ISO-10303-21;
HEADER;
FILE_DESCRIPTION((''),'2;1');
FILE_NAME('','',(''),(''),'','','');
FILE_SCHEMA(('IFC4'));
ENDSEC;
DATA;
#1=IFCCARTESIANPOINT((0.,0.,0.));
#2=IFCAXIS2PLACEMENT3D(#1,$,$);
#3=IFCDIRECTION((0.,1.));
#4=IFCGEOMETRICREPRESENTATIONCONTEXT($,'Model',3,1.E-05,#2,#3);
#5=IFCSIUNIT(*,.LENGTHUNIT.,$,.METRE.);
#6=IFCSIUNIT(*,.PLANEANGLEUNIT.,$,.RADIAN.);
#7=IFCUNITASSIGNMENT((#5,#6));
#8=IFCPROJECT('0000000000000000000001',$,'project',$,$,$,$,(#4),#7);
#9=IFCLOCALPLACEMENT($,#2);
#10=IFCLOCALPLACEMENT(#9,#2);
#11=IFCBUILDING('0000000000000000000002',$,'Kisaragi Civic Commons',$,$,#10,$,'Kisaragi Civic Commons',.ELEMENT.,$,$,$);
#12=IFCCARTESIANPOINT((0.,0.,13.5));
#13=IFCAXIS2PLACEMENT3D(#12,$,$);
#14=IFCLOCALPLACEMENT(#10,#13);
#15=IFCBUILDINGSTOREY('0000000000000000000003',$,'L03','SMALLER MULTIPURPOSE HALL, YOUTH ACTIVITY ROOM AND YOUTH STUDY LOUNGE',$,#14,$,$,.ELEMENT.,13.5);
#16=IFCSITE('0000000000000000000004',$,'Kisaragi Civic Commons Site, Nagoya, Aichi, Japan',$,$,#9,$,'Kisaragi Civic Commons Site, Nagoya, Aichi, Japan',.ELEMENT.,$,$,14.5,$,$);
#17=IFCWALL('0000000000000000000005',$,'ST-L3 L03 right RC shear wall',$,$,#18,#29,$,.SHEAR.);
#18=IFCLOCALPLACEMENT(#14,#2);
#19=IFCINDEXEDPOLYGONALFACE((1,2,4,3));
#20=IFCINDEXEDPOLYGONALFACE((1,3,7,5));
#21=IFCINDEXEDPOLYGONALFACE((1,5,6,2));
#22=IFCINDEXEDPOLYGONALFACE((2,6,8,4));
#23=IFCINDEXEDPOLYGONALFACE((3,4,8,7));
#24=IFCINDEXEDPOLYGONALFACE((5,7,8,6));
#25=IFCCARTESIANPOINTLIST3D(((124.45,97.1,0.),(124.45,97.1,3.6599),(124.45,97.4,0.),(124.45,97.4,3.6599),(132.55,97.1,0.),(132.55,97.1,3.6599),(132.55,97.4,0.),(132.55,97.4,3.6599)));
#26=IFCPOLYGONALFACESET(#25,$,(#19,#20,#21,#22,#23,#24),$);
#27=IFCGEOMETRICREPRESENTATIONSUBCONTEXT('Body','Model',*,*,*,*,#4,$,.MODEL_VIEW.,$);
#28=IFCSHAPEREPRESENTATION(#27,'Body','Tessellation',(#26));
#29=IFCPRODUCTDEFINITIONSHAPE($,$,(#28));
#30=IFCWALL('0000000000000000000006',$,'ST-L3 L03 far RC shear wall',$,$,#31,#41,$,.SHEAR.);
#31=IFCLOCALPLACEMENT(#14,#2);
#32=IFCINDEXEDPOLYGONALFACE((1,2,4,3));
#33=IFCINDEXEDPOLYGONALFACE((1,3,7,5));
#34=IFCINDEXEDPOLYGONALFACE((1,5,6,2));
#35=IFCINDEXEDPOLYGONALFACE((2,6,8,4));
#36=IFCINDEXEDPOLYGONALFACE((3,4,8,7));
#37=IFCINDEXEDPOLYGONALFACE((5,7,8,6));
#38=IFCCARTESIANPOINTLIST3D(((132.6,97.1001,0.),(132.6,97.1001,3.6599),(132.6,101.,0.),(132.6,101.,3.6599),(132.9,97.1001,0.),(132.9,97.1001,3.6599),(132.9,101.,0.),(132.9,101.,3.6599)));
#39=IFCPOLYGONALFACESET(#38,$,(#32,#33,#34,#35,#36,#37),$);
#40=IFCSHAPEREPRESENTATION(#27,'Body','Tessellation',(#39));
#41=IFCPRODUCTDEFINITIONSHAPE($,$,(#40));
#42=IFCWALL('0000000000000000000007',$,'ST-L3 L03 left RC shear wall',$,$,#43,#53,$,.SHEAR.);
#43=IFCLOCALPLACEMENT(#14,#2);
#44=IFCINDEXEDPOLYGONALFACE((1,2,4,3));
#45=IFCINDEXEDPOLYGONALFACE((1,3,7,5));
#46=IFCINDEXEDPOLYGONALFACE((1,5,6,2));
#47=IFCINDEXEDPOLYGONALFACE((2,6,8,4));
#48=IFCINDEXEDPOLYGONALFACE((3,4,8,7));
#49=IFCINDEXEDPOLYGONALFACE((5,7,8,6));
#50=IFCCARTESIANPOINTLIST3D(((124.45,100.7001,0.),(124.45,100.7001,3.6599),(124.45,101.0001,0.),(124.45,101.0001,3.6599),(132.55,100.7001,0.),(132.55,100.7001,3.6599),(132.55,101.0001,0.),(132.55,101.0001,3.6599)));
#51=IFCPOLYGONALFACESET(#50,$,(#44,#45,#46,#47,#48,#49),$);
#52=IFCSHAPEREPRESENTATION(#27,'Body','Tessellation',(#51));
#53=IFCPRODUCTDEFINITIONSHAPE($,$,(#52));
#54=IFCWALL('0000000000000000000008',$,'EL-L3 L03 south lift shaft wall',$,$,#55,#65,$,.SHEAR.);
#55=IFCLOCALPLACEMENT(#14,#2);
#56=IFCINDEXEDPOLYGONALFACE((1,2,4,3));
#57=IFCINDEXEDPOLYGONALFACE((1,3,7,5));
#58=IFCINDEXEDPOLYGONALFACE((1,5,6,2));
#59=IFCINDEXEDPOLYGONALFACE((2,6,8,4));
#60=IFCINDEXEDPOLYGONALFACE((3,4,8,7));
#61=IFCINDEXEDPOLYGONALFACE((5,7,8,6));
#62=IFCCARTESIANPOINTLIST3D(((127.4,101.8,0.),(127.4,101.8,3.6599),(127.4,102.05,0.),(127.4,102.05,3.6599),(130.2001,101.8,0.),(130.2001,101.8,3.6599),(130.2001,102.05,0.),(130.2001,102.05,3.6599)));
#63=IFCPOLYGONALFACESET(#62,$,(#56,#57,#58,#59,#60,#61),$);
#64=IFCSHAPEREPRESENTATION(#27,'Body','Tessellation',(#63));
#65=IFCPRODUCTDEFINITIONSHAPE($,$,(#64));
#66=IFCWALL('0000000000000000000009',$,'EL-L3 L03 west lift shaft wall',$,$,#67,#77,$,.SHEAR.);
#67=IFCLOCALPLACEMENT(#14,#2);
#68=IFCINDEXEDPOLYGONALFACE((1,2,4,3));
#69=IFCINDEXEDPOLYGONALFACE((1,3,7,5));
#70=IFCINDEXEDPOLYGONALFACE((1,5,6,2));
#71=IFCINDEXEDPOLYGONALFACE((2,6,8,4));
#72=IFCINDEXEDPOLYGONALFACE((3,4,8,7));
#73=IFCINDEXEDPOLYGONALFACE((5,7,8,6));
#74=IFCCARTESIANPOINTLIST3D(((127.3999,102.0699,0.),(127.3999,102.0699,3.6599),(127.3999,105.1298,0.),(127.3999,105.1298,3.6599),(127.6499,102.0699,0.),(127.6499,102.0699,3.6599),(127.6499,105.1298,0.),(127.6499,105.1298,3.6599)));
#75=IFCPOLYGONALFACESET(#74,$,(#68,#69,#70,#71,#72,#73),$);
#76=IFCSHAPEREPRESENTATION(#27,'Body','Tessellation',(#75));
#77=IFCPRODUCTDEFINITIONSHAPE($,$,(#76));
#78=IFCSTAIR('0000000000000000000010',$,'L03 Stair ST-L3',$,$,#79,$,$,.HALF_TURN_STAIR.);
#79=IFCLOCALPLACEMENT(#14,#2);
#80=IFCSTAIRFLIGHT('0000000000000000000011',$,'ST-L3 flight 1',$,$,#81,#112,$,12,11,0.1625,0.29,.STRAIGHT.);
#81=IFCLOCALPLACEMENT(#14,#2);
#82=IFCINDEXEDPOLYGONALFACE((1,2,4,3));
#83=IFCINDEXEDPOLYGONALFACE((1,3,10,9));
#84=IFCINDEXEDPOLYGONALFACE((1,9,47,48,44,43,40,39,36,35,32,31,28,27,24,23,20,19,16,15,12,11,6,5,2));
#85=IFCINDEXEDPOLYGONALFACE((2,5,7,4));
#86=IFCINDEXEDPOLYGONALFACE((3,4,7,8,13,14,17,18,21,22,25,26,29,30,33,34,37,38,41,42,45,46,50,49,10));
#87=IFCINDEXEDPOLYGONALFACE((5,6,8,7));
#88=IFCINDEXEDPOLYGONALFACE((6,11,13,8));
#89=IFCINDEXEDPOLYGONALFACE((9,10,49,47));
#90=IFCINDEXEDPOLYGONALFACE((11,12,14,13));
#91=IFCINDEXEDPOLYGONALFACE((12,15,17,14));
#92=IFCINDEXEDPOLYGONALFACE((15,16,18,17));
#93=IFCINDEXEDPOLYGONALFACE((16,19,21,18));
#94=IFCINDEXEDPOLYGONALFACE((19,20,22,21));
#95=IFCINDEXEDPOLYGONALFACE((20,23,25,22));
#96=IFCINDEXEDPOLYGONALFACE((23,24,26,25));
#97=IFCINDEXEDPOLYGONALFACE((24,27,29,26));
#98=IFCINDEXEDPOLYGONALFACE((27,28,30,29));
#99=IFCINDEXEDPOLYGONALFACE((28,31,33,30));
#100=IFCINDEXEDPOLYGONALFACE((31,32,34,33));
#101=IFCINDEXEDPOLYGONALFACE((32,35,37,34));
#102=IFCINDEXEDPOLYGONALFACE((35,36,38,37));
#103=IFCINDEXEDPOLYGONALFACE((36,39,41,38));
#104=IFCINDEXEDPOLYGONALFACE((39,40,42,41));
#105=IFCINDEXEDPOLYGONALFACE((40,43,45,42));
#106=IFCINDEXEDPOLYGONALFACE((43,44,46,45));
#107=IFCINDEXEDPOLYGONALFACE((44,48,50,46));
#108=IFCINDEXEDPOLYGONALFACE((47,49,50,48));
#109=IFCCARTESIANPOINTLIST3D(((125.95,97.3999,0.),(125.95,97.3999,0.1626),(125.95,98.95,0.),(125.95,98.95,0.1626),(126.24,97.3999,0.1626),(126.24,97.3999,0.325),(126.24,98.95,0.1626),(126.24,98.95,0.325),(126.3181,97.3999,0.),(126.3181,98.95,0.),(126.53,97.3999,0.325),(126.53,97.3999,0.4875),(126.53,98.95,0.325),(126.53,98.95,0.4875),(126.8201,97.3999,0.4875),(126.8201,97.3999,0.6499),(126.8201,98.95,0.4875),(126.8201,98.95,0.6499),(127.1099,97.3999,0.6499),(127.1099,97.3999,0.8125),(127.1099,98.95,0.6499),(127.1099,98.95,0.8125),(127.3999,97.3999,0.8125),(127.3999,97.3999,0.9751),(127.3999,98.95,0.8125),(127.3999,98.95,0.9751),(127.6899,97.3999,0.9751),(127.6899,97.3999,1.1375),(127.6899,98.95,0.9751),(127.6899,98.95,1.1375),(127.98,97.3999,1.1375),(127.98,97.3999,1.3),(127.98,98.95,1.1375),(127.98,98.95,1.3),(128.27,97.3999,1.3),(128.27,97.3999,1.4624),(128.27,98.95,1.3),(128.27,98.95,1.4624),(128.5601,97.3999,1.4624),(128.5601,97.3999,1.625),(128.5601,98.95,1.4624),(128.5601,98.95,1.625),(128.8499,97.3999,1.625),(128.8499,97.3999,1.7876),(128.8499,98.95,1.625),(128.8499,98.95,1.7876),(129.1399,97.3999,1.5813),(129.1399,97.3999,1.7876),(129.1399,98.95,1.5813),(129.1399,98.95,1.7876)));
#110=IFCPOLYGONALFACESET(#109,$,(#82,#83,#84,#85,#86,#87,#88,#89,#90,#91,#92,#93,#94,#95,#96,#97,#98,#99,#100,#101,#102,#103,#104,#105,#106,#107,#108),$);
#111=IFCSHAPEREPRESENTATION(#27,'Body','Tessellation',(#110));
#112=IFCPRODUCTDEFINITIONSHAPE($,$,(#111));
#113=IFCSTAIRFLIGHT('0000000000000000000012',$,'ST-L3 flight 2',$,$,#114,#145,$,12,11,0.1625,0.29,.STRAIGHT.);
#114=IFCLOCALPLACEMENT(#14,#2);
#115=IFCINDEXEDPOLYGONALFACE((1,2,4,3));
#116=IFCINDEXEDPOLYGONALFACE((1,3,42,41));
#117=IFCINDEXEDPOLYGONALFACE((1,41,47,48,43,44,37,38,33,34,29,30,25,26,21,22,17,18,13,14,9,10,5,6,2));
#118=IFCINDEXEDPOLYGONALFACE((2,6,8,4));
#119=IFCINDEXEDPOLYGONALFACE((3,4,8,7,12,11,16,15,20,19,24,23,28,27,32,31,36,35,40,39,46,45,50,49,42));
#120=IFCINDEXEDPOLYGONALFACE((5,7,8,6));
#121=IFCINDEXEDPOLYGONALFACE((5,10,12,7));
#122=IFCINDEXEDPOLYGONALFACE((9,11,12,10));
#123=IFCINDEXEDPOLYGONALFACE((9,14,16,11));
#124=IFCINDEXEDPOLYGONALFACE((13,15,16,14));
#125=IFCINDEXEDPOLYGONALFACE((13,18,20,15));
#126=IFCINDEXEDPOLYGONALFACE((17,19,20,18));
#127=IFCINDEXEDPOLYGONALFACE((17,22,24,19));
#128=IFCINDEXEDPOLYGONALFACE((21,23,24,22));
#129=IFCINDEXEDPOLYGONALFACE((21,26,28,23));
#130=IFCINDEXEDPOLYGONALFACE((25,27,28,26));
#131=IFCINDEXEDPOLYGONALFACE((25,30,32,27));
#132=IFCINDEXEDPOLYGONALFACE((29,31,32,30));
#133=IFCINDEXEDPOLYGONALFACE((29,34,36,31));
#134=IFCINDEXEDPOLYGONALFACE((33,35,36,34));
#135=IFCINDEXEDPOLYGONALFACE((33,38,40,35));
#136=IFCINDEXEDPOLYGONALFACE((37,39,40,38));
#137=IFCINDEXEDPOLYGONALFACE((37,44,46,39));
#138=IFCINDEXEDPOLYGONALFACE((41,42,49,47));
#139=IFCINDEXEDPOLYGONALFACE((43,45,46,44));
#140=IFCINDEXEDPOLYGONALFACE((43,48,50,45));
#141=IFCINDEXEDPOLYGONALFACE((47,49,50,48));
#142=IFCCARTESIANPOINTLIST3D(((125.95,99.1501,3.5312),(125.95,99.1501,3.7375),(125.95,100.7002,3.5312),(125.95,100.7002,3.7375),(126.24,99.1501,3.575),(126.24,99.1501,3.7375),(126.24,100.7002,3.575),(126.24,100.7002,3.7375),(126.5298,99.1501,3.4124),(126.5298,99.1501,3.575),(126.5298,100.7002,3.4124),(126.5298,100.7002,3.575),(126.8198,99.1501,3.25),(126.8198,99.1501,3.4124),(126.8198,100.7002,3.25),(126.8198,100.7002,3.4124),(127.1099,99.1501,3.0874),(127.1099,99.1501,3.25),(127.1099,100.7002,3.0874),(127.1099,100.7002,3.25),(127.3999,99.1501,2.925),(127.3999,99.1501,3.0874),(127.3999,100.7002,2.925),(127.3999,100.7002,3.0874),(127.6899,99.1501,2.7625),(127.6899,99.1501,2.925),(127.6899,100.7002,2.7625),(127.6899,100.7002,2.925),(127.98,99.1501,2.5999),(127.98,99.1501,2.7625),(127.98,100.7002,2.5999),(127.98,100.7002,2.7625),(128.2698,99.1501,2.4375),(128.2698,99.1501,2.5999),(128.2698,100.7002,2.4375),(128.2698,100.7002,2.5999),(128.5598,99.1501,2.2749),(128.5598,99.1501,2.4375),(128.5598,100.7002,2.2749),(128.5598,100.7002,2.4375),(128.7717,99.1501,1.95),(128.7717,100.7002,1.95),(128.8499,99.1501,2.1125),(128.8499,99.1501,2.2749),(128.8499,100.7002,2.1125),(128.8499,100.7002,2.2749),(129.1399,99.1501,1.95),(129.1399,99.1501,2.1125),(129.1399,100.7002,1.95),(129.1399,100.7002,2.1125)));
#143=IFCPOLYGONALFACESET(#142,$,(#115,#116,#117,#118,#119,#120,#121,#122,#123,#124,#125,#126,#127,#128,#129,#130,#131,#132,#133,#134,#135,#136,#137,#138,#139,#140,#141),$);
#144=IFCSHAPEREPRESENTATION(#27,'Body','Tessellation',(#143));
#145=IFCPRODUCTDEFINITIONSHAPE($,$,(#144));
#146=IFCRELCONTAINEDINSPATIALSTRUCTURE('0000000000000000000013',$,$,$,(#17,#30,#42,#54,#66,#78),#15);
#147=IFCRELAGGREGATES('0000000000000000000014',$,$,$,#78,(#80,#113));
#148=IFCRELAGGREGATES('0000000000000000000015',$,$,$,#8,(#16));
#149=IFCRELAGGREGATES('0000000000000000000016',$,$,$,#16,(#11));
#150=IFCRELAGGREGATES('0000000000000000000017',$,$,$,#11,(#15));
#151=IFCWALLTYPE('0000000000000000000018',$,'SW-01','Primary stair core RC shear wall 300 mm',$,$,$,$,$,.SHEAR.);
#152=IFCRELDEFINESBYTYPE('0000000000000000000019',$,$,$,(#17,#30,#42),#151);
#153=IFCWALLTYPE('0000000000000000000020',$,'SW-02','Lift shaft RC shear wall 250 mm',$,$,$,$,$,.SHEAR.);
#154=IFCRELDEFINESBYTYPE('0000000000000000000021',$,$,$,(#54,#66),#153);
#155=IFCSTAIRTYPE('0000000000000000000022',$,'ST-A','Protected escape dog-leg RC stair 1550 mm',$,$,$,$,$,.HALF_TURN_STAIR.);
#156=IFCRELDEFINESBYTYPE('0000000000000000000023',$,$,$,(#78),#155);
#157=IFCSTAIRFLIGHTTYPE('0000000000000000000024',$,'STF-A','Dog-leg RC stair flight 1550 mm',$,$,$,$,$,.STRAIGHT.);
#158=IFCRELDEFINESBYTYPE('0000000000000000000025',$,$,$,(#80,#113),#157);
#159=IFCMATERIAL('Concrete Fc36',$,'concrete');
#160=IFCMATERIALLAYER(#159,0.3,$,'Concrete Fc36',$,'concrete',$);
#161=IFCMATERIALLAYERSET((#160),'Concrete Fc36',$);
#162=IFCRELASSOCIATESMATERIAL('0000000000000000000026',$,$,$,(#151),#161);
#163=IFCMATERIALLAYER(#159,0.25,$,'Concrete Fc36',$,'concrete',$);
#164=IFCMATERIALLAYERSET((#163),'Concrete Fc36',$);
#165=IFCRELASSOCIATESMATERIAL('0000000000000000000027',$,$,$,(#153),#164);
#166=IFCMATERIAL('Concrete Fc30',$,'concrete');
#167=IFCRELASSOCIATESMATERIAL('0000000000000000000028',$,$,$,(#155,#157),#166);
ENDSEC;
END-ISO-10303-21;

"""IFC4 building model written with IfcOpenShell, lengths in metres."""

from ifc_helpers import new_model, si_unit, direction, frame, frame_2d, origin, place, context, subcontext, project, spatial, polyline, rectangle, outline, extrude, material, layer, layer_set, type_object, element, aggregate, save


model = new_model("IFC4")

# Units and contexts
model_context = context("Model", 3, precision=1e-05, world=origin(), true_north=direction((0.0, 1.0)))
body_context = subcontext(model_context, "Body", "Model", "MODEL_VIEW")
ifc_project = project(units=[si_unit("LENGTHUNIT", "METRE"), si_unit("PLANEANGLEUNIT", "RADIAN")], contexts=[model_context])

# Site, building, storey
site_placement = place(None, origin())
site = spatial("IfcSite", under=ifc_project, at=site_placement, Name="Kisaragi Civic Commons Site, Nagoya, Aichi, Japan", LongName="Kisaragi Civic Commons Site, Nagoya, Aichi, Japan", CompositionType="ELEMENT", RefElevation=14.5)
building_placement = place(site_placement, origin())
building = spatial("IfcBuilding", under=site, at=building_placement, Name="Kisaragi Civic Commons", LongName="Kisaragi Civic Commons", CompositionType="ELEMENT")
storey_placement = place(building_placement, frame((0.0, 0.0, 13.5)))
storey = spatial("IfcBuildingStorey", under=building, at=storey_placement, Name="L03", Description="SMALLER MULTIPURPOSE HALL, YOUTH ACTIVITY ROOM AND YOUTH STUDY LOUNGE", CompositionType="ELEMENT", Elevation=13.5)

# Shared definitions
ifc_material_1 = material(Name="Concrete Fc30", Category="concrete")

# Shared definitions
ifc_material_2 = material(Name="Concrete Fc36", Category="concrete")
ifc_layer_1 = layer(ifc_material_2, 0.3, Name="Concrete Fc36", Category="concrete")
ifc_layer_set_1 = layer_set([ifc_layer_1], Name="Concrete Fc36")
wall_type_1 = type_object("IfcWallType", Name="SW-01", Description="Primary stair core RC shear wall 300 mm", PredefinedType="SHEAR", material=ifc_layer_set_1)

# Walls
wall_1_placement = place(storey_placement, frame((124.45, 97.25, 0.0), z_axis=(0.0, 0.0, 1.0), x_axis=(1.0, 0.0, 0.0)))
element("IfcWall", 1, at=wall_1_placement, inside=storey, type_object=wall_type_1, Name="ST-L3 L03 right RC shear wall", PredefinedType="SHEAR", context=body_context, shape_type="SweptSolid", body=[
    extrude(rectangle(XDim=8.1001, YDim=0.3, at=frame_2d((4.05, 0.0))), origin(), (0.0, 0.0, 1.0), 3.6599),
])
wall_2_placement = place(storey_placement, frame((132.75, 97.1001, 0.0), z_axis=(0.0, 0.0, 1.0), x_axis=(0.0, 1.0, 0.0)))
element("IfcWall", 2, at=wall_2_placement, inside=storey, type_object=wall_type_1, Name="ST-L3 L03 far RC shear wall", PredefinedType="SHEAR", context=body_context, shape_type="SweptSolid", body=[
    extrude(rectangle(XDim=3.8999, YDim=0.3, at=frame_2d((1.95, 0.0))), origin(), (0.0, 0.0, 1.0), 3.6599),
])
wall_3_placement = place(storey_placement, frame((132.55, 100.8501, 0.0), z_axis=(0.0, 0.0, 1.0), x_axis=(-1.0, 0.0, 0.0)))
element("IfcWall", 3, at=wall_3_placement, inside=storey, type_object=wall_type_1, Name="ST-L3 L03 left RC shear wall", PredefinedType="SHEAR", context=body_context, shape_type="SweptSolid", body=[
    extrude(rectangle(XDim=8.1001, YDim=0.3, at=frame_2d((4.05, 0.0))), origin(), (0.0, 0.0, 1.0), 3.6599),
])
ifc_layer_2 = layer(ifc_material_2, 0.25, Name="Concrete Fc36", Category="concrete")
ifc_layer_set_2 = layer_set([ifc_layer_2], Name="Concrete Fc36")
wall_type_2 = type_object("IfcWallType", Name="SW-02", Description="Lift shaft RC shear wall 250 mm", PredefinedType="SHEAR", material=ifc_layer_set_2)
wall_4_placement = place(storey_placement, frame((130.2, 101.925, 0.0), z_axis=(0.0, 0.0, 1.0), x_axis=(-1.0, 0.0, 0.0)))
element("IfcWall", 4, at=wall_4_placement, inside=storey, type_object=wall_type_2, Name="EL-L3 L03 south lift shaft wall", PredefinedType="SHEAR", context=body_context, shape_type="SweptSolid", body=[
    extrude(rectangle(XDim=2.8, YDim=0.25, at=frame_2d((1.3999, 0.0))), origin(), (0.0, 0.0, 1.0), 3.6599),
])
wall_5_placement = place(storey_placement, frame((127.5249, 102.0701, 0.0), z_axis=(0.0, 0.0, 1.0), x_axis=(0.0, 1.0, 0.0)))
element("IfcWall", 5, at=wall_5_placement, inside=storey, type_object=wall_type_2, Name="EL-L3 L03 west lift shaft wall", PredefinedType="SHEAR", context=body_context, shape_type="SweptSolid", body=[
    extrude(rectangle(XDim=3.0598, YDim=0.25, at=frame_2d((1.5298, 0.0))), origin(), (0.0, 0.0, 1.0), 3.6599),
])

# Stair, stair flights
stair_type = type_object("IfcStairType", Name="ST-A", Description="Protected escape dog-leg RC stair 1550 mm", PredefinedType="HALF_TURN_STAIR", material=ifc_material_1)
stair_placement = place(storey_placement, origin())
stair = element("IfcStair", 6, at=stair_placement, inside=storey, type_object=stair_type, Name="L03 Stair ST-L3", PredefinedType="HALF_TURN_STAIR")
stair_flight_type = type_object("IfcStairFlightType", Name="STF-A", Description="Dog-leg RC stair flight 1550 mm", PredefinedType="STRAIGHT", material=ifc_material_1)
stair_flight_1_placement = place(storey_placement, frame((125.95, 98.175, 0.0), z_axis=(0.0, 0.0, 1.0), x_axis=(1.0, 0.0, 0.0)))
stair_flight_1 = element("IfcStairFlight", 7, at=stair_flight_1_placement, type_object=stair_flight_type, Name="ST-L3 flight 1", NumberOfRisers=12, NumberOfTreads=11, PredefinedType="STRAIGHT", RiserHeight=0.1625, TreadLength=0.29, context=body_context, shape_type="SweptSolid", body=[
    extrude(outline(polyline([(0.0, 0.0), (0.0, 0.1626), (0.29, 0.1626), (0.29, 0.325), (0.5801, 0.325), (0.5801, 0.4875), (0.8701, 0.4875), (0.8701, 0.6499), (1.1599, 0.6499), (1.1599, 0.8125), (1.45, 0.8125), (1.45, 0.9751), (1.74, 0.9751), (1.74, 1.1375), (2.03, 1.1375), (2.03, 1.3), (2.3201, 1.3), (2.3201, 1.4624), (2.6101, 1.4624), (2.6101, 1.625), (2.8999, 1.625), (2.8999, 1.7876), (3.1899, 1.7876), (3.1899, 1.95), (3.1899, 1.5813), (0.3682, 0.0), (0.0, 0.0)])), frame((0.0, 0.7749, 0.0), z_axis=(0.0, -1.0, 0.0), x_axis=(1.0, 0.0, 0.0)), (0.0, 0.0, 1.0), 1.55),
])
stair_flight_2_placement = place(storey_placement, frame((129.1399, 99.925, 1.95), z_axis=(0.0, 0.0, 1.0), x_axis=(-1.0, 0.0, 0.0)))
stair_flight_2 = element("IfcStairFlight", 8, at=stair_flight_2_placement, type_object=stair_flight_type, Name="ST-L3 flight 2", NumberOfRisers=12, NumberOfTreads=11, PredefinedType="STRAIGHT", RiserHeight=0.1625, TreadLength=0.29, context=body_context, shape_type="SweptSolid", body=[
    extrude(outline(polyline([(0.0, 0.0), (0.0, 0.1626), (0.29, 0.1626), (0.29, 0.325), (0.5801, 0.325), (0.5801, 0.4875), (0.8701, 0.4875), (0.8701, 0.6499), (1.1599, 0.6499), (1.1599, 0.8125), (1.45, 0.8125), (1.45, 0.9751), (1.74, 0.9751), (1.74, 1.1375), (2.03, 1.1375), (2.03, 1.3), (2.3201, 1.3), (2.3201, 1.4624), (2.6101, 1.4624), (2.6101, 1.625), (2.8999, 1.625), (2.8999, 1.7876), (3.1899, 1.7876), (3.1899, 1.95), (3.1899, 1.5813), (0.3682, 0.0), (0.0, 0.0)])), frame((0.0, 0.7749, 0.0), z_axis=(0.0, -1.0, 0.0), x_axis=(1.0, 0.0, 0.0)), (0.0, 0.0, 1.0), 1.55),
])
aggregate(stair, [stair_flight_1, stair_flight_2])

save(model, "model.ifc")
